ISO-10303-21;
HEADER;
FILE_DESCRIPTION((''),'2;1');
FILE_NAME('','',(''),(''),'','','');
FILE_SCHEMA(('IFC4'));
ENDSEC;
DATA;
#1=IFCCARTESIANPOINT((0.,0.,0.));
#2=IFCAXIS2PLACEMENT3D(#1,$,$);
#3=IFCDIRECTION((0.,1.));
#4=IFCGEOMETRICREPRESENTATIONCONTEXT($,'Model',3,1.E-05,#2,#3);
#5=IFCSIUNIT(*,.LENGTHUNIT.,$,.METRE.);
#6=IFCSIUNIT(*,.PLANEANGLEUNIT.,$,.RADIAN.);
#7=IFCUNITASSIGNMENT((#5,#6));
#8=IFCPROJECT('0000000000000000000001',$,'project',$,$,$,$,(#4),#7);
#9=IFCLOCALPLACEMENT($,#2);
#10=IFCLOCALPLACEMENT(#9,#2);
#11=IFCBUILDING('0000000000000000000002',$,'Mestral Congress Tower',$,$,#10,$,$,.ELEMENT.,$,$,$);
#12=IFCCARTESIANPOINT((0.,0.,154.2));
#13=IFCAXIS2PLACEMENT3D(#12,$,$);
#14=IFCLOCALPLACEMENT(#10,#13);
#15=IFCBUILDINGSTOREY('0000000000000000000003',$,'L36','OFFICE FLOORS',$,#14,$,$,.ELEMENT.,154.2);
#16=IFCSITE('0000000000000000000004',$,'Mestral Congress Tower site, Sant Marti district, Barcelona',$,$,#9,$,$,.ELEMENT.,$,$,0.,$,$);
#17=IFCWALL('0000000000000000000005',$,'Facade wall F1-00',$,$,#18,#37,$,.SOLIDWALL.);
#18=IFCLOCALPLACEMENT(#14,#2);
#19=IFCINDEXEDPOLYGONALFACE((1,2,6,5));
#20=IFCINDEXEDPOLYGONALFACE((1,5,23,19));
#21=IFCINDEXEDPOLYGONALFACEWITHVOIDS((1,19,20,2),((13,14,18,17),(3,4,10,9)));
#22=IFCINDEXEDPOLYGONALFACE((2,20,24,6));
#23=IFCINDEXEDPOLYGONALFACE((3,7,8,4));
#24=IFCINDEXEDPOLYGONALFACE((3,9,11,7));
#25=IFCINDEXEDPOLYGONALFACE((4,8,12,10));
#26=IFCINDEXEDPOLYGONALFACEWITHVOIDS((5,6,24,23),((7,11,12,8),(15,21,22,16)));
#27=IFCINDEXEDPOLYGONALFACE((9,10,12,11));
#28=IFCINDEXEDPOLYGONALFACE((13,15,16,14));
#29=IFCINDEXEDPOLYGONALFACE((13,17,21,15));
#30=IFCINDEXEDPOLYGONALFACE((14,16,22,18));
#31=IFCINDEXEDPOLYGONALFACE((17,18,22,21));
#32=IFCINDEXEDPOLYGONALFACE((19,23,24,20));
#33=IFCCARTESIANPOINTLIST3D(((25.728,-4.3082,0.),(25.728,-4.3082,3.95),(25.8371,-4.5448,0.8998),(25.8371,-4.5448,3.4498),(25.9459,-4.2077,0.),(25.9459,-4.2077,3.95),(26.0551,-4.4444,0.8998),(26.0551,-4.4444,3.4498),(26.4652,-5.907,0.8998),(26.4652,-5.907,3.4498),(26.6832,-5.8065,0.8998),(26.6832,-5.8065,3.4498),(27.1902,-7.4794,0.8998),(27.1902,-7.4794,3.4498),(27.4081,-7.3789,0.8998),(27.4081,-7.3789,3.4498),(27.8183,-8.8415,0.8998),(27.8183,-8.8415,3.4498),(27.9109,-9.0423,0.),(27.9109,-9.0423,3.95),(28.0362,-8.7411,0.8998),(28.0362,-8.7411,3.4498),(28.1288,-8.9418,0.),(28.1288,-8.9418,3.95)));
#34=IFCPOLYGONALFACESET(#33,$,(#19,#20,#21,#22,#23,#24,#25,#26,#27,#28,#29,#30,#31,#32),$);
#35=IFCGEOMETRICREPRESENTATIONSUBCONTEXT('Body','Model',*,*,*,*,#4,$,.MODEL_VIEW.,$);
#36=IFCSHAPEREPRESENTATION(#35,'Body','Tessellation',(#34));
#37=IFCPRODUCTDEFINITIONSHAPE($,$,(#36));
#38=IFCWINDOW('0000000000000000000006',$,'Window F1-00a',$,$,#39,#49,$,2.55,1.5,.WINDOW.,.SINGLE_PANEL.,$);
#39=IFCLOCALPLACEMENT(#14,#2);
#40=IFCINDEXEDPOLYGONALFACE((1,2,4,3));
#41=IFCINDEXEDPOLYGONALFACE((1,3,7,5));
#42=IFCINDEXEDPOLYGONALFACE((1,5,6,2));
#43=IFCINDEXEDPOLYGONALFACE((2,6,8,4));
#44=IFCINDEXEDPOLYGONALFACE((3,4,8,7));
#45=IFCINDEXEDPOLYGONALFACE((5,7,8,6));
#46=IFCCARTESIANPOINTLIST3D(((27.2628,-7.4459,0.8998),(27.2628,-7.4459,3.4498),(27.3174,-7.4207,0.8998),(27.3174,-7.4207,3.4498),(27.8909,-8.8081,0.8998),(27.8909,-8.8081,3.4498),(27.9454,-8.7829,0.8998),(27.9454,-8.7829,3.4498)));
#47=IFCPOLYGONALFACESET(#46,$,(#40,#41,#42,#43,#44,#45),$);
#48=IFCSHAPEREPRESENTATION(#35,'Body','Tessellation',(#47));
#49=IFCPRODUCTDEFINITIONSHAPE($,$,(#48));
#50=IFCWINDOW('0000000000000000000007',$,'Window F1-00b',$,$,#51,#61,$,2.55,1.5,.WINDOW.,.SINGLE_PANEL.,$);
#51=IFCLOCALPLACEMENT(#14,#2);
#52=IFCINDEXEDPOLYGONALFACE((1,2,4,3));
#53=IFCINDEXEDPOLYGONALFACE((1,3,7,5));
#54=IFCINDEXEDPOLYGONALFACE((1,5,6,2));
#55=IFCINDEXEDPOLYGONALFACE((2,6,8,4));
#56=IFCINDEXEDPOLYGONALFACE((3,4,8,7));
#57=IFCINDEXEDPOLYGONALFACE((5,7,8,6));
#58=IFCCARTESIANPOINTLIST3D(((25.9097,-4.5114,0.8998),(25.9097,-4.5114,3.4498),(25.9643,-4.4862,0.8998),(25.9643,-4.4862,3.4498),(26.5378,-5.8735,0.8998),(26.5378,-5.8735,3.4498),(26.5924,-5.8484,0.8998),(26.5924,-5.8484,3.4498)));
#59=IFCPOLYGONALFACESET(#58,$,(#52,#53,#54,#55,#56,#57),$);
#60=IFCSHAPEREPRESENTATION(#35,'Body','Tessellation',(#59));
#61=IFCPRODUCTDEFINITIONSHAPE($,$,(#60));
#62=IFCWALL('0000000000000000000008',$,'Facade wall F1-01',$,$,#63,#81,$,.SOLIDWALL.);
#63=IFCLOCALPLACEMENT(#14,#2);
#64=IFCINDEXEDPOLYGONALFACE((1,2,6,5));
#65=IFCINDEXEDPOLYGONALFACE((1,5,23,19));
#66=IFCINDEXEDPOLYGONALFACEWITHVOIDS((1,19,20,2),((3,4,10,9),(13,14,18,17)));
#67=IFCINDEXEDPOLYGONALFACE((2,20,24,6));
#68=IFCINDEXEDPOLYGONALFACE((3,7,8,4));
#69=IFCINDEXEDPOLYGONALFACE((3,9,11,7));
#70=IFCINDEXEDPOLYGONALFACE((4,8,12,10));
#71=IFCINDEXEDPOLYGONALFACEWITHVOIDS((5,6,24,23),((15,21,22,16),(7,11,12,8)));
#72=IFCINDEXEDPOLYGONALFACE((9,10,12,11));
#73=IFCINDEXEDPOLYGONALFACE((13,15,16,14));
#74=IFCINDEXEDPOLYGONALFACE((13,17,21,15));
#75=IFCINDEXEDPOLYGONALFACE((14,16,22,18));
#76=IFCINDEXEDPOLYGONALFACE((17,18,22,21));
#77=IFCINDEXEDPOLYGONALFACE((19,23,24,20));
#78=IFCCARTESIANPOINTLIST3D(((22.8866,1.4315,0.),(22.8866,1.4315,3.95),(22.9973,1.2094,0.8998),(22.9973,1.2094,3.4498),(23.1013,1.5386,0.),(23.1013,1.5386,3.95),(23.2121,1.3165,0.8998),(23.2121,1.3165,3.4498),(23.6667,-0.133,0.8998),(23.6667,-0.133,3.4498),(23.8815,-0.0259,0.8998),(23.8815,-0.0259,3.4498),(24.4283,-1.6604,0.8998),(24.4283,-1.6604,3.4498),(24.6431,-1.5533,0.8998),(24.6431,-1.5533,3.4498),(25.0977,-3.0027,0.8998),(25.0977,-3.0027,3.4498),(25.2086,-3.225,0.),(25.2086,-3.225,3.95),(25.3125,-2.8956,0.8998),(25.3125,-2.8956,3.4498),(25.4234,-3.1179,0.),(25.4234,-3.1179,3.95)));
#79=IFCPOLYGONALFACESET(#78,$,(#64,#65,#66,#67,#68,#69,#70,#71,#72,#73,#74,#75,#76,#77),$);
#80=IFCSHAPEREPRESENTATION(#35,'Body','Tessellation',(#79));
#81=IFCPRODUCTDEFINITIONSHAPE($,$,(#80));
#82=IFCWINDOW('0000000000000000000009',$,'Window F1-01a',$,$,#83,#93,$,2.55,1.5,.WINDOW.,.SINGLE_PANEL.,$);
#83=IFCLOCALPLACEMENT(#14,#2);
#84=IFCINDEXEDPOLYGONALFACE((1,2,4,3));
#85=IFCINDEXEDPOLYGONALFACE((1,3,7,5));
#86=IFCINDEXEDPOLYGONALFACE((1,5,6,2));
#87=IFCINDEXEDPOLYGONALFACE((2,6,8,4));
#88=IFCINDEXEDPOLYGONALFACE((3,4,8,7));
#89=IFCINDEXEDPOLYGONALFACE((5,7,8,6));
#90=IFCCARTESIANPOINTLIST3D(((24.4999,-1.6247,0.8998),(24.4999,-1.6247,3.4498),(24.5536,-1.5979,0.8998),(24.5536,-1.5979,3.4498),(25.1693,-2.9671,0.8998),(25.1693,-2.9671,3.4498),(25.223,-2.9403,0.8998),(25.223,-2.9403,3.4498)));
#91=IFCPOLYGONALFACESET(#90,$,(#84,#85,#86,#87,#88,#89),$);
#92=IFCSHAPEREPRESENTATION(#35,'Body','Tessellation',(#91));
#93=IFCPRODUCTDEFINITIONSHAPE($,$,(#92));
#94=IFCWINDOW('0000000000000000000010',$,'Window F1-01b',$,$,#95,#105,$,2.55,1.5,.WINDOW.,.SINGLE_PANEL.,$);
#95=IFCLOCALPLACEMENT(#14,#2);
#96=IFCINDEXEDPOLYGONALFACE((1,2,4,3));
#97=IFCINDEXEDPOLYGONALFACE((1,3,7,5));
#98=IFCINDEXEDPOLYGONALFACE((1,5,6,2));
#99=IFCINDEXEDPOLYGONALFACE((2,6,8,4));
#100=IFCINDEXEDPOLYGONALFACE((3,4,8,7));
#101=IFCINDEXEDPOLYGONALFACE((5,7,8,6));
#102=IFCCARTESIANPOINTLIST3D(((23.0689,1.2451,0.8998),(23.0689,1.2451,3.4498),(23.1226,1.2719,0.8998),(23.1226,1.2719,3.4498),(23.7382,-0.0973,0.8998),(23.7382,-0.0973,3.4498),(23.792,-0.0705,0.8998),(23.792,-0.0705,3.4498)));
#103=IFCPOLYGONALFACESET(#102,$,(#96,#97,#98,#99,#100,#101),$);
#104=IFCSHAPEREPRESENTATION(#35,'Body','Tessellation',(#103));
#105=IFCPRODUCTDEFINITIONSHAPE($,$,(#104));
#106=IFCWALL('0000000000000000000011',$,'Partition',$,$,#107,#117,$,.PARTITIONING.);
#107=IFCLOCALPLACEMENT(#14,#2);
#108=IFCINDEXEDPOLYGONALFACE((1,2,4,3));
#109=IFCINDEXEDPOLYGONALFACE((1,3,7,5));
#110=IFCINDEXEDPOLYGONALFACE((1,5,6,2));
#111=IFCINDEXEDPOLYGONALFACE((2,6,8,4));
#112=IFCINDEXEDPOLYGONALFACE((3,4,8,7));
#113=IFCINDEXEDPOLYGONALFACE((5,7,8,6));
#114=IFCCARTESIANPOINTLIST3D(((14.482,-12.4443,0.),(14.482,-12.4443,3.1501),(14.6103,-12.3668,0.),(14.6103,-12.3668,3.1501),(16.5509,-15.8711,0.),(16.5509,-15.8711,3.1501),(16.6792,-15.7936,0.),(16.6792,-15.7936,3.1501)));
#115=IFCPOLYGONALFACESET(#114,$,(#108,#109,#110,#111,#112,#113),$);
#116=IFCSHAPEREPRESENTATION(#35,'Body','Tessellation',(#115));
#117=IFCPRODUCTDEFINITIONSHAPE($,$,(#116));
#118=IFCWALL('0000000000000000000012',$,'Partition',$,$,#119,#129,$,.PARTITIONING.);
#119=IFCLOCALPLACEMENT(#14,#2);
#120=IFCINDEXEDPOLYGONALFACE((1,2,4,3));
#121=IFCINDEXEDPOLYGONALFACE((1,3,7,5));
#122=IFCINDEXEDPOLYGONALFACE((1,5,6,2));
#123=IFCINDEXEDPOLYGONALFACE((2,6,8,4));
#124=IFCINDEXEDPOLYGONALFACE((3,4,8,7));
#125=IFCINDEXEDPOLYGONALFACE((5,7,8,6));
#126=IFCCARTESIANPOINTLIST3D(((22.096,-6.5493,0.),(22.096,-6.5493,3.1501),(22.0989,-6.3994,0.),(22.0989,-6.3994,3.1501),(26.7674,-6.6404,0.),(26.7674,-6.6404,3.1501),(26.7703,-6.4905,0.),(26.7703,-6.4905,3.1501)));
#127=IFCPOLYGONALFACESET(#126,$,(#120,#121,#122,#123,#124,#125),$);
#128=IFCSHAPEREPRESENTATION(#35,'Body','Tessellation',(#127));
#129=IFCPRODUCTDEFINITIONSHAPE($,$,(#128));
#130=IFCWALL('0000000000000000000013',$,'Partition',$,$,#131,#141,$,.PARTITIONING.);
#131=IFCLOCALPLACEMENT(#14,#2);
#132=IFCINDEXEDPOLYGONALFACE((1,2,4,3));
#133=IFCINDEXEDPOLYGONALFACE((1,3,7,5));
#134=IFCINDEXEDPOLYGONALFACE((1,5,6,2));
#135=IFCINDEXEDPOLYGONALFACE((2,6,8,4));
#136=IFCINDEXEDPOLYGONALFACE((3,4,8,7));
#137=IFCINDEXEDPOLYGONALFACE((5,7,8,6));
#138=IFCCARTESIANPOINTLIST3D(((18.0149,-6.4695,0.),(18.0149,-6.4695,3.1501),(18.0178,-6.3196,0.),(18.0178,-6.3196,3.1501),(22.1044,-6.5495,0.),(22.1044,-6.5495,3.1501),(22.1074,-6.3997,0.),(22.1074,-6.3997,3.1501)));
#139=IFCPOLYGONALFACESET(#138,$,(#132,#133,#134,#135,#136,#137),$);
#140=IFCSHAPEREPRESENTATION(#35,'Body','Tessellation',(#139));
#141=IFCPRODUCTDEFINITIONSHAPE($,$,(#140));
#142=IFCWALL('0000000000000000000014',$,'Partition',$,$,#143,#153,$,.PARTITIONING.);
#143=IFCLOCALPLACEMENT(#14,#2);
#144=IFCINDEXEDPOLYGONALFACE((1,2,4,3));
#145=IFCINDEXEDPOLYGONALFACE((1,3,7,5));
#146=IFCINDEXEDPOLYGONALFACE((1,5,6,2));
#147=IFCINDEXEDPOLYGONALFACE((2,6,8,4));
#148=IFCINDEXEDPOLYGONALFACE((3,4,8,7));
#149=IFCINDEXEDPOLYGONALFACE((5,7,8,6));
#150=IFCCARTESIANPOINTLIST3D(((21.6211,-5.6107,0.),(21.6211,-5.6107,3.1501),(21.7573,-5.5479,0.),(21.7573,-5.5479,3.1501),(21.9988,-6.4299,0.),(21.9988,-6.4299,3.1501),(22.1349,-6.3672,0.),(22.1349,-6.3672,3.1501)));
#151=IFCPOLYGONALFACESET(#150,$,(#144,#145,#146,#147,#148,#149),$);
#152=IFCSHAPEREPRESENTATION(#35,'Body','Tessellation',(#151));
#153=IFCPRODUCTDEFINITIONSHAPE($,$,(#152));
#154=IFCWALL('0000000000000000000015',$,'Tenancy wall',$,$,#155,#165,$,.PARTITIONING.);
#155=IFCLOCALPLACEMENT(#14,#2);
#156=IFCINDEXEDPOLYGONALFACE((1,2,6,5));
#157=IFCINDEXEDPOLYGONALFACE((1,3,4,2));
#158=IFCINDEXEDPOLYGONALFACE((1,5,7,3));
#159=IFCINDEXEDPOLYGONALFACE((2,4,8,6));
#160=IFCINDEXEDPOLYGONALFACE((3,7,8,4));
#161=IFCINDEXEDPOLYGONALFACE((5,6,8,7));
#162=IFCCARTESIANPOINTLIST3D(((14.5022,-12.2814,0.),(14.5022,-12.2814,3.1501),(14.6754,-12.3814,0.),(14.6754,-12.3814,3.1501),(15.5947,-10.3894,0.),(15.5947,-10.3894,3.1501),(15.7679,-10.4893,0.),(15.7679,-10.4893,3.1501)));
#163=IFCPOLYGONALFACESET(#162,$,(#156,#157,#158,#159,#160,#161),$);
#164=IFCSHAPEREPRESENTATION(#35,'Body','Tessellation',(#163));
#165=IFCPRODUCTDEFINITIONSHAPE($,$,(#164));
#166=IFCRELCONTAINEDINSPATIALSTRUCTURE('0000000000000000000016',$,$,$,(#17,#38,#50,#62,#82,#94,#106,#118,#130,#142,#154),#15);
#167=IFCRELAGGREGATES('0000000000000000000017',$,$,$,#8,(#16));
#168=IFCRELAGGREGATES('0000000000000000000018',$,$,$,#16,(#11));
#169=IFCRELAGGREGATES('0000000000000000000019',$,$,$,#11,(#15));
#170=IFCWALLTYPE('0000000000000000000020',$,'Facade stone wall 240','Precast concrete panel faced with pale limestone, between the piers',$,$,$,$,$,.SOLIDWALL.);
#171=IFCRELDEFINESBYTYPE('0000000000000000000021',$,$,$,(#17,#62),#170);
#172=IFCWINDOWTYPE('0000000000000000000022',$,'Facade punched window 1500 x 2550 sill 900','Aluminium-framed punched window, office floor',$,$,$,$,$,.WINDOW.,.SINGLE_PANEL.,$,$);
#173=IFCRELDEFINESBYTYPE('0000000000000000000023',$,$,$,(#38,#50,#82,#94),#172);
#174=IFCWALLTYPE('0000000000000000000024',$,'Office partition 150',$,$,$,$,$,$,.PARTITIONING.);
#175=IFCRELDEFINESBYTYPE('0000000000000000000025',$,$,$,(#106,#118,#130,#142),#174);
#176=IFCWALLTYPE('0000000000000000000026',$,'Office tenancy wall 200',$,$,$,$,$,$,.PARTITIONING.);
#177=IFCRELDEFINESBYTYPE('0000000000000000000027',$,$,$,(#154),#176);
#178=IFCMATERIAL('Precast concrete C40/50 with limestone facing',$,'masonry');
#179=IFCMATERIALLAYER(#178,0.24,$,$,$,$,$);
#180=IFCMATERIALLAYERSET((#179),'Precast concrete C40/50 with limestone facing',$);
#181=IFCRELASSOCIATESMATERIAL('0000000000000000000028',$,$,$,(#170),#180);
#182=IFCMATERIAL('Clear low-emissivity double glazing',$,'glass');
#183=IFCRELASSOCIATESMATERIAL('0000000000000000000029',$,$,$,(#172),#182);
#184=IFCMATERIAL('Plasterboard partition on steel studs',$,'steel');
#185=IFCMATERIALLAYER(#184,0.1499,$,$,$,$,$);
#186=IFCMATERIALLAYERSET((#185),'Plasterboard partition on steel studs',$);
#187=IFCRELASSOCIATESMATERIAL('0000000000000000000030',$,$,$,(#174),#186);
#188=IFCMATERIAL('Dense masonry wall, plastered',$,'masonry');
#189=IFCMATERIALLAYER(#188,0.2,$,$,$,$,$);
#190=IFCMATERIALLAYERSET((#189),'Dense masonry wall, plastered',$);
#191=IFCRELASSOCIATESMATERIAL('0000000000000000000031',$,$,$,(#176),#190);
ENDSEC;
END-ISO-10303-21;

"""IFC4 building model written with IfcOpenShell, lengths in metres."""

from ifc_helpers import new_model, si_unit, direction, frame, frame_2d, origin, place, context, subcontext, project, spatial, rectangle, extrude, material, layer, layer_set, type_object, element, fill, save


model = new_model("IFC4")

# Units and contexts
model_context = context("Model", 3, precision=1e-05, world=origin(), true_north=direction((0.0, 1.0)))
body_context = subcontext(model_context, "Body", "Model", "MODEL_VIEW")
ifc_project = project(units=[si_unit("LENGTHUNIT", "METRE"), si_unit("PLANEANGLEUNIT", "RADIAN")], contexts=[model_context])

# Site, building, storey
site_placement = place(None, origin())
site = spatial("IfcSite", under=ifc_project, at=site_placement, Name="Mestral Congress Tower site, Sant Marti district, Barcelona", CompositionType="ELEMENT", RefElevation=0.0)
building_placement = place(site_placement, origin())
building = spatial("IfcBuilding", under=site, at=building_placement, Name="Mestral Congress Tower", CompositionType="ELEMENT")
storey_placement = place(building_placement, frame((0.0, 0.0, 154.2)))
storey = spatial("IfcBuildingStorey", under=building, at=storey_placement, Name="L36", Description="OFFICE FLOORS", CompositionType="ELEMENT", Elevation=154.2)

# Shared definitions
ifc_material_1 = material(Name="Precast concrete C40/50 with limestone facing", Category="masonry")
ifc_layer_1 = layer(ifc_material_1, 0.24)
ifc_layer_set_1 = layer_set([ifc_layer_1], Name="Precast concrete C40/50 with limestone facing")
wall_type_1 = type_object("IfcWallType", Name="Facade stone wall 240", Description="Precast concrete panel faced with pale limestone, between the piers", PredefinedType="SOLIDWALL", material=ifc_layer_set_1)
ifc_material_2 = material(Name="Clear low-emissivity double glazing", Category="glass")

# Walls, openings, windows
wall_1_placement = place(storey_placement, frame((28.0198, -8.9919, 0.0), z_axis=(0.0, 0.0, 1.0), x_axis=(-0.418723, 0.908114, 0.0)))
wall_1 = element("IfcWall", 1, at=wall_1_placement, inside=storey, type_object=wall_type_1, Name="Facade wall F1-00", PredefinedType="SOLIDWALL", context=body_context, shape_type="SweptSolid", body=[
    extrude(rectangle(XDim=5.2131, YDim=0.24, at=frame_2d((2.6064, 0.0))), origin(), (0.0, 0.0, 1.0), 3.95),
])
opening_1_placement = place(wall_1_placement, frame((0.2209, 0.0, 0.8999)))
opening_1 = element("IfcOpeningElement", 2, at=opening_1_placement, cuts=wall_1, PredefinedType="OPENING", context=body_context, shape_type="SweptSolid", body=[
    extrude(rectangle(XDim=1.5, YDim=2.55, at=frame_2d((0.75, 1.2749))), frame((0.0, 0.1299, 0.0), z_axis=(0.0, -1.0, 0.0), x_axis=(1.0, 0.0, 0.0)), (0.0, 0.0, 1.0), 0.26),
])
opening_2_placement = place(wall_1_placement, frame((3.4524, 0.0, 0.8999)))
opening_2 = element("IfcOpeningElement", 3, at=opening_2_placement, cuts=wall_1, PredefinedType="OPENING", context=body_context, shape_type="SweptSolid", body=[
    extrude(rectangle(XDim=1.5, YDim=2.55, at=frame_2d((0.75, 1.2749))), frame((0.0, 0.1299, 0.0), z_axis=(0.0, -1.0, 0.0), x_axis=(1.0, 0.0, 0.0)), (0.0, 0.0, 1.0), 0.26),
])
window_type_1 = type_object("IfcWindowType", Name="Facade punched window 1500 x 2550 sill 900", Description="Aluminium-framed punched window, office floor", PartitioningType="SINGLE_PANEL", PredefinedType="WINDOW", material=ifc_material_2)
window_1_placement = place(opening_1_placement, origin())
window_1 = element("IfcWindow", 4, at=window_1_placement, inside=storey, type_object=window_type_1, Name="Window F1-00a", OverallHeight=2.55, OverallWidth=1.5, PartitioningType="SINGLE_PANEL", PredefinedType="WINDOW", context=body_context, shape_type="SweptSolid", body=[
    extrude(rectangle(XDim=1.5, YDim=2.55, at=frame_2d((0.75, 1.2749))), frame((0.0, 0.04, 0.0), z_axis=(0.0, -1.0, 0.0), x_axis=(1.0, 0.0, 0.0)), (0.0, 0.0, 1.0), 0.0601),
])
fill(opening_1, window_1)
window_2_placement = place(opening_2_placement, origin())
window_2 = element("IfcWindow", 5, at=window_2_placement, inside=storey, type_object=window_type_1, Name="Window F1-00b", OverallHeight=2.55, OverallWidth=1.5, PartitioningType="SINGLE_PANEL", PredefinedType="WINDOW", context=body_context, shape_type="SweptSolid", body=[
    extrude(rectangle(XDim=1.5, YDim=2.55, at=frame_2d((0.75, 1.2749))), frame((0.0, 0.04, 0.0), z_axis=(0.0, -1.0, 0.0), x_axis=(1.0, 0.0, 0.0)), (0.0, 0.0, 1.0), 0.0601),
])
fill(opening_2, window_2)
wall_2_placement = place(storey_placement, frame((25.3159, -3.1714, 0.0), z_axis=(0.0, 0.0, 1.0), x_axis=(-0.446256, 0.894905, 0.0)))
wall_2 = element("IfcWall", 6, at=wall_2_placement, inside=storey, type_object=wall_type_1, Name="Facade wall F1-01", PredefinedType="SOLIDWALL", context=body_context, shape_type="SweptSolid", body=[
    extrude(rectangle(XDim=5.2034, YDim=0.24, at=frame_2d((2.6016, 0.0))), origin(), (0.0, 0.0, 1.0), 3.95),
])
opening_3_placement = place(wall_2_placement, frame((0.2483, 0.0, 0.8999)))
opening_3 = element("IfcOpeningElement", 7, at=opening_3_placement, cuts=wall_2, PredefinedType="OPENING", context=body_context, shape_type="SweptSolid", body=[
    extrude(rectangle(XDim=1.5, YDim=2.55, at=frame_2d((0.75, 1.2749))), frame((0.0, 0.1299, 0.0), z_axis=(0.0, -1.0, 0.0), x_axis=(1.0, 0.0, 0.0)), (0.0, 0.0, 1.0), 0.26),
])
opening_4_placement = place(wall_2_placement, frame((3.4551, 0.0, 0.8999)))
opening_4 = element("IfcOpeningElement", 8, at=opening_4_placement, cuts=wall_2, PredefinedType="OPENING", context=body_context, shape_type="SweptSolid", body=[
    extrude(rectangle(XDim=1.5, YDim=2.55, at=frame_2d((0.75, 1.2749))), frame((0.0, 0.1299, 0.0), z_axis=(0.0, -1.0, 0.0), x_axis=(1.0, 0.0, 0.0)), (0.0, 0.0, 1.0), 0.26),
])
window_3_placement = place(opening_3_placement, origin())
window_3 = element("IfcWindow", 9, at=window_3_placement, inside=storey, type_object=window_type_1, Name="Window F1-01a", OverallHeight=2.55, OverallWidth=1.5, PartitioningType="SINGLE_PANEL", PredefinedType="WINDOW", context=body_context, shape_type="SweptSolid", body=[
    extrude(rectangle(XDim=1.5, YDim=2.55, at=frame_2d((0.75, 1.2749))), frame((0.0, 0.04, 0.0), z_axis=(0.0, -1.0, 0.0), x_axis=(1.0, 0.0, 0.0)), (0.0, 0.0, 1.0), 0.0601),
])
fill(opening_3, window_3)
window_4_placement = place(opening_4_placement, origin())
window_4 = element("IfcWindow", 10, at=window_4_placement, inside=storey, type_object=window_type_1, Name="Window F1-01b", OverallHeight=2.55, OverallWidth=1.5, PartitioningType="SINGLE_PANEL", PredefinedType="WINDOW", context=body_context, shape_type="SweptSolid", body=[
    extrude(rectangle(XDim=1.5, YDim=2.55, at=frame_2d((0.75, 1.2749))), frame((0.0, 0.04, 0.0), z_axis=(0.0, -1.0, 0.0), x_axis=(1.0, 0.0, 0.0)), (0.0, 0.0, 1.0), 0.0601),
])
fill(opening_4, window_4)

# Walls
ifc_material_3 = material(Name="Plasterboard partition on steel studs", Category="steel")
ifc_layer_2 = layer(ifc_material_3, 0.1499)
ifc_layer_set_2 = layer_set([ifc_layer_2], Name="Plasterboard partition on steel studs")
wall_type_2 = type_object("IfcWallType", Name="Office partition 150", PredefinedType="PARTITIONING", material=ifc_layer_set_2)
wall_3_placement = place(storey_placement, frame((14.5461, -12.4055, 0.0), z_axis=(0.0, 0.0, 1.0), x_axis=(0.516844, -0.85608, 0.0)))
element("IfcWall", 11, at=wall_3_placement, inside=storey, type_object=wall_type_2, Name="Partition", PredefinedType="PARTITIONING", context=body_context, shape_type="SweptSolid", body=[
    extrude(rectangle(XDim=4.0029, YDim=0.1499, at=frame_2d((2.0015, 0.0))), origin(), (0.0, 0.0, 1.0), 3.1501),
])
wall_4_placement = place(storey_placement, frame((22.0974, -6.4744, 0.0), z_axis=(0.0, 0.0, 1.0), x_axis=(0.99981, -0.01949, 0.0)))
element("IfcWall", 12, at=wall_4_placement, inside=storey, type_object=wall_type_2, Name="Partition", PredefinedType="PARTITIONING", context=body_context, shape_type="SweptSolid", body=[
    extrude(rectangle(XDim=4.6724, YDim=0.1499, at=frame_2d((2.3362, 0.0))), origin(), (0.0, 0.0, 1.0), 3.1501),
])
wall_5_placement = place(storey_placement, frame((18.0164, -6.3945, 0.0), z_axis=(0.0, 0.0, 1.0), x_axis=(0.999808, -0.019577, 0.0)))
element("IfcWall", 13, at=wall_5_placement, inside=storey, type_object=wall_type_2, Name="Partition", PredefinedType="PARTITIONING", context=body_context, shape_type="SweptSolid", body=[
    extrude(rectangle(XDim=4.0903, YDim=0.1499, at=frame_2d((2.0452, 0.0))), origin(), (0.0, 0.0, 1.0), 3.1501),
])
wall_6_placement = place(storey_placement, frame((22.0669, -6.3987, 0.0), z_axis=(0.0, 0.0, 1.0), x_axis=(-0.418629, 0.908157, 0.0)))
element("IfcWall", 14, at=wall_6_placement, inside=storey, type_object=wall_type_2, Name="Partition", PredefinedType="PARTITIONING", context=body_context, shape_type="SweptSolid", body=[
    extrude(rectangle(XDim=0.9021, YDim=0.1499, at=frame_2d((0.4512, 0.0))), origin(), (0.0, 0.0, 1.0), 3.1501),
])
ifc_material_4 = material(Name="Dense masonry wall, plastered", Category="masonry")
ifc_layer_3 = layer(ifc_material_4, 0.2)
ifc_layer_set_3 = layer_set([ifc_layer_3], Name="Dense masonry wall, plastered")
wall_type_3 = type_object("IfcWallType", Name="Office tenancy wall 200", PredefinedType="PARTITIONING", material=ifc_layer_set_3)
wall_7_placement = place(storey_placement, frame((14.5889, -12.3313, 0.0), z_axis=(0.0, 0.0, 1.0), x_axis=(0.500045, 0.865999, 0.0)))
element("IfcWall", 15, at=wall_7_placement, inside=storey, type_object=wall_type_3, Name="Tenancy wall", PredefinedType="PARTITIONING", context=body_context, shape_type="SweptSolid", body=[
    extrude(rectangle(XDim=2.1848, YDim=0.2, at=frame_2d((1.0923, 0.0))), origin(), (0.0, 0.0, 1.0), 3.1501),
])

save(model, "model.ifc")
